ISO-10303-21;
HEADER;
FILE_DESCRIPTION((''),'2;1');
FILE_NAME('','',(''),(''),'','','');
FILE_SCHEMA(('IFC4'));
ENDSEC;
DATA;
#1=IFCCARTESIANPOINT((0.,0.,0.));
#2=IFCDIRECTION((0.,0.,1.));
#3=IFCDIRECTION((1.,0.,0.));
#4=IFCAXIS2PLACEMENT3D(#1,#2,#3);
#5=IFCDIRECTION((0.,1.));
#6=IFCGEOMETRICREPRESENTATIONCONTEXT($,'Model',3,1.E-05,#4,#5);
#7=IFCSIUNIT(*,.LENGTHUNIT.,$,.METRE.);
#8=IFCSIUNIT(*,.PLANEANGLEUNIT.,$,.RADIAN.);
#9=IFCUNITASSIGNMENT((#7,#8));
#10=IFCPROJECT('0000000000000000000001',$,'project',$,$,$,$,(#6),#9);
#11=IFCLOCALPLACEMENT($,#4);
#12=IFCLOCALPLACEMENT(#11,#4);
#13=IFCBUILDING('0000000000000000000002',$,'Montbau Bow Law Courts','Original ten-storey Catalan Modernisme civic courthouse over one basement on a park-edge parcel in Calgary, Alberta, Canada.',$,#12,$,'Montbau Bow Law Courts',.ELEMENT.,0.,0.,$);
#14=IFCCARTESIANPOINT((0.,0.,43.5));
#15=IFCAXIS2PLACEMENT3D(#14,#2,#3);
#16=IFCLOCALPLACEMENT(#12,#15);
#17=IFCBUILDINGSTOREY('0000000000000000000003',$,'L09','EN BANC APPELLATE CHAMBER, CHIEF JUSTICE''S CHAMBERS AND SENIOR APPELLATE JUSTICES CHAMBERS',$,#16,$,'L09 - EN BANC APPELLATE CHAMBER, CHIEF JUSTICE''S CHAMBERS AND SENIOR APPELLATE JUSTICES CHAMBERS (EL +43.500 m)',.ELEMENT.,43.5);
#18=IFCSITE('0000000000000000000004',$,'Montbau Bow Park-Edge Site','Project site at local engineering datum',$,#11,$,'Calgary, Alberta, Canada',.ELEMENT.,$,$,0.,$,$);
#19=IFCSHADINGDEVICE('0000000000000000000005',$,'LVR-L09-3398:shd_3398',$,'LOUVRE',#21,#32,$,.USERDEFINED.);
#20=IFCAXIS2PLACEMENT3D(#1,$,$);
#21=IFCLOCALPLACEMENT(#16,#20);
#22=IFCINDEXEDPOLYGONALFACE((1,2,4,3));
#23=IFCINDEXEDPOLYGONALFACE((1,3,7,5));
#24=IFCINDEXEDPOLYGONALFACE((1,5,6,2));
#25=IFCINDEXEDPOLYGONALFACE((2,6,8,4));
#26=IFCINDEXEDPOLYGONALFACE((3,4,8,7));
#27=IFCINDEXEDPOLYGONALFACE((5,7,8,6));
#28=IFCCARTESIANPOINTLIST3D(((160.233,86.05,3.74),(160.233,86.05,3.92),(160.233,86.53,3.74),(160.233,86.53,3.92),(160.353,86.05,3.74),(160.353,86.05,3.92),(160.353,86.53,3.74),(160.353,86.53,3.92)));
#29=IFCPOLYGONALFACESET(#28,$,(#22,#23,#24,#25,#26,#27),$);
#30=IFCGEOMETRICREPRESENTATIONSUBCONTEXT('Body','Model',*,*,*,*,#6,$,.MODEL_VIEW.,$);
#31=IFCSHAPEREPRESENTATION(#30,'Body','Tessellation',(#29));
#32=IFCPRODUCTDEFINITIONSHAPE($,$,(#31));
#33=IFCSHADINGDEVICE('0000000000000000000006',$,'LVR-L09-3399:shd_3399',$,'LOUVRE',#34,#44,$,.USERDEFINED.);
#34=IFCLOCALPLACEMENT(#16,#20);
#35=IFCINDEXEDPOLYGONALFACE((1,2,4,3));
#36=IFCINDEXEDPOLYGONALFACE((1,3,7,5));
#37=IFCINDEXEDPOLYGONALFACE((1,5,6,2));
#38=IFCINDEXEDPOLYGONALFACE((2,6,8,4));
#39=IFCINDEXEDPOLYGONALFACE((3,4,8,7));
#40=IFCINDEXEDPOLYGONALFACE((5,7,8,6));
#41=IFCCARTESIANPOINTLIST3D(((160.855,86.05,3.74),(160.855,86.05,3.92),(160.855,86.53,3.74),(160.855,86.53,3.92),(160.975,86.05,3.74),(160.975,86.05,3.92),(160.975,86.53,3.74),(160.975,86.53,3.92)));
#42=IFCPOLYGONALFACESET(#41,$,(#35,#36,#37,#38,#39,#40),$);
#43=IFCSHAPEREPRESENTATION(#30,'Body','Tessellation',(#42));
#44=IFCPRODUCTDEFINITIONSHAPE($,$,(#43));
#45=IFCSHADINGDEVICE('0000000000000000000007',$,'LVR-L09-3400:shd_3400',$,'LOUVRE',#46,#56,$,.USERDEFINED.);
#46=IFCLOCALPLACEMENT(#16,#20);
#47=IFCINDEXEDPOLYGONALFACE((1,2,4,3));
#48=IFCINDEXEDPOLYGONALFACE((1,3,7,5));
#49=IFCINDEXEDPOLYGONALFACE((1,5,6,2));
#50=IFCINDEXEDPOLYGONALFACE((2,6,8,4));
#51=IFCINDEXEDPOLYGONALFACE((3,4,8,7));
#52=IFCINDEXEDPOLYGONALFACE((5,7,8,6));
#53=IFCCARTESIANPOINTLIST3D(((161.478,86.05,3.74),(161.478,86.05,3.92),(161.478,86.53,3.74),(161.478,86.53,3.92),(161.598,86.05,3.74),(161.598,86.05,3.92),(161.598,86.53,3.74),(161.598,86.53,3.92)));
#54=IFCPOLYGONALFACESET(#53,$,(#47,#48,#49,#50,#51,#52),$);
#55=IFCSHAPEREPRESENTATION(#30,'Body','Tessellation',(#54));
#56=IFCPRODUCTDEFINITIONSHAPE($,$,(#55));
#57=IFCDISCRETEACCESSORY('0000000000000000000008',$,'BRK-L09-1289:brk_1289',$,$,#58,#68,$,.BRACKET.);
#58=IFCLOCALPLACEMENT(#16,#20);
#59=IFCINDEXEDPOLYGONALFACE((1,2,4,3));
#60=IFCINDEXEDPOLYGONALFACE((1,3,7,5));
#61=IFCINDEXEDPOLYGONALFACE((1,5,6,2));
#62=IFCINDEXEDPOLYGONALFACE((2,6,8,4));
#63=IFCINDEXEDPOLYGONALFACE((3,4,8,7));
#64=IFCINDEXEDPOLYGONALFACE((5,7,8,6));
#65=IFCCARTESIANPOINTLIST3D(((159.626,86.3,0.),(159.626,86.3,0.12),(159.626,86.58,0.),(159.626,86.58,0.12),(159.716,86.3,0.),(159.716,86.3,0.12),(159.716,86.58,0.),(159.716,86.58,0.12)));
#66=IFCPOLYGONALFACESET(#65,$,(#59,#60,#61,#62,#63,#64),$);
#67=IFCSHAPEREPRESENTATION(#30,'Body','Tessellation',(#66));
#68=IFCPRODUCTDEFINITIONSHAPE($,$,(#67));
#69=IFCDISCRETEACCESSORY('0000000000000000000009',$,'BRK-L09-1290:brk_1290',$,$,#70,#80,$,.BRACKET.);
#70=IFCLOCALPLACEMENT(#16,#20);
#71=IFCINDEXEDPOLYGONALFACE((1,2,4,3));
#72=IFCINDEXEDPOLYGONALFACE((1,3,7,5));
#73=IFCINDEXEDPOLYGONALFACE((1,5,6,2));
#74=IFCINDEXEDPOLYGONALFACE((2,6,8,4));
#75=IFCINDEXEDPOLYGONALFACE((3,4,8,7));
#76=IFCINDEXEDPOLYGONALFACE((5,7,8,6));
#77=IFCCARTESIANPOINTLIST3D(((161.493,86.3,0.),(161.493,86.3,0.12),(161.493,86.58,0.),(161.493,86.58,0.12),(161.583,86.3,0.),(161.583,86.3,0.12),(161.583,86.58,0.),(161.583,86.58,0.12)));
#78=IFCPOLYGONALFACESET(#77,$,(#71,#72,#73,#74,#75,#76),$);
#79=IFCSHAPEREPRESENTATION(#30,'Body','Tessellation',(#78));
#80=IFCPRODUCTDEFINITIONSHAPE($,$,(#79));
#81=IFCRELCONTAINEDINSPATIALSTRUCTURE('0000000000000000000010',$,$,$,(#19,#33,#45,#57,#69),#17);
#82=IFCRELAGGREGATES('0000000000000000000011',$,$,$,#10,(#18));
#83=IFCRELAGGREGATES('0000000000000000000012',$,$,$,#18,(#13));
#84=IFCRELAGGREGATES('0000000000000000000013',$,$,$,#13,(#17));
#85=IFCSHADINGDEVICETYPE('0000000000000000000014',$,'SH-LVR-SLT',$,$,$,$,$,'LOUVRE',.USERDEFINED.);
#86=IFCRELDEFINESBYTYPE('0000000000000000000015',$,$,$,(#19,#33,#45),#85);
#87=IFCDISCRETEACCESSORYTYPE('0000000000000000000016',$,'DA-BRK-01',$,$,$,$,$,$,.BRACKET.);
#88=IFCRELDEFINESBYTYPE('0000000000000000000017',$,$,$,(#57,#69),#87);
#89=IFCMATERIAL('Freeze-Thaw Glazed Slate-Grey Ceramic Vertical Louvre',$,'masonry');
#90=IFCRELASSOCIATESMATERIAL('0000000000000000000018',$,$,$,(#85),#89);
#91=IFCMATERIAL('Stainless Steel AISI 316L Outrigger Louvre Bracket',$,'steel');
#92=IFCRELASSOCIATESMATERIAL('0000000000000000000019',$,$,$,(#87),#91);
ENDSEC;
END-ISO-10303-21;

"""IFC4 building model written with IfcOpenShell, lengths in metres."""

from ifc_helpers import new_model, si_unit, direction, frame, origin_with_axes, origin_2d_with_axis, place, context, subcontext, project, spatial, rectangle, extrude, material, type_object, element, save


model = new_model("IFC4")

# Units and contexts
model_context = context("Model", 3, precision=1e-05, world=origin_with_axes(), true_north=direction((0.0, 1.0)))
body_context = subcontext(model_context, "Body", "Model", "MODEL_VIEW")
ifc_project = project(units=[si_unit("LENGTHUNIT", "METRE"), si_unit("PLANEANGLEUNIT", "RADIAN")], contexts=[model_context])

# Site, building, storey
site_placement = place(None, origin_with_axes())
site = spatial("IfcSite", under=ifc_project, at=site_placement, Name="Montbau Bow Park-Edge Site", Description="Project site at local engineering datum", LongName="Calgary, Alberta, Canada", CompositionType="ELEMENT", RefElevation=0.0)
building_placement = place(site_placement, origin_with_axes())
building = spatial("IfcBuilding", under=site, at=building_placement, Name="Montbau Bow Law Courts", Description="Original ten-storey Catalan Modernisme civic courthouse over one basement on a park-edge parcel in Calgary, Alberta, Canada.", LongName="Montbau Bow Law Courts", CompositionType="ELEMENT", ElevationOfRefHeight=0.0, ElevationOfTerrain=0.0)
storey_placement = place(building_placement, frame((0.0, 0.0, 43.5), z_axis=(0.0, 0.0, 1.0), x_axis=(1.0, 0.0, 0.0)))
storey = spatial("IfcBuildingStorey", under=building, at=storey_placement, Name="L09", Description="EN BANC APPELLATE CHAMBER, CHIEF JUSTICE'S CHAMBERS AND SENIOR APPELLATE JUSTICES CHAMBERS", LongName="L09 - EN BANC APPELLATE CHAMBER, CHIEF JUSTICE'S CHAMBERS AND SENIOR APPELLATE JUSTICES CHAMBERS (EL +43.500 m)", CompositionType="ELEMENT", Elevation=43.5)

# Shared definitions
ifc_material_1 = material(Name="Freeze-Thaw Glazed Slate-Grey Ceramic Vertical Louvre", Category="masonry")

# Shading devices
shading_device_type = type_object("IfcShadingDeviceType", Name="SH-LVR-SLT", ElementType="LOUVRE", PredefinedType="USERDEFINED", material=ifc_material_1)
for number, where, z_axis, x_axis, name in (
    (1, (160.293, 86.29, 47.24), (0.0, 0.0, 1.0), (0.0, -1.0, 0.0), "LVR-L09-3398:shd_3398"),
    (2, (160.915, 86.29, 47.24), (0.0, 0.0, 1.0), (0.0, -1.0, 0.0), "LVR-L09-3399:shd_3399"),
    (3, (161.538, 86.29, 47.24), (0.0, 0.0, 1.0), (0.0, -1.0, 0.0), "LVR-L09-3400:shd_3400"),
):
    element("IfcShadingDevice", number, at=place(None, frame(where, z_axis=z_axis, x_axis=x_axis)), inside=storey, type_object=shading_device_type, Name=name, ObjectType="LOUVRE", PredefinedType="USERDEFINED", context=body_context, shape_type="SweptSolid", body=[
        extrude(rectangle(XDim=0.48, YDim=0.12, at=origin_2d_with_axis()), origin_with_axes(), (0.0, 0.0, 1.0), 0.18),
    ])

# Discrete accessories
ifc_material_2 = material(Name="Stainless Steel AISI 316L Outrigger Louvre Bracket", Category="steel")
discrete_accessory_type = type_object("IfcDiscreteAccessoryType", Name="DA-BRK-01", PredefinedType="BRACKET", material=ifc_material_2)
for number, where, z_axis, x_axis, name in (
    (4, (159.671, 86.44, 43.5), (0.0, 0.0, 1.0), (0.0, -1.0, 0.0), "BRK-L09-1289:brk_1289"),
    (5, (161.538, 86.44, 43.5), (0.0, 0.0, 1.0), (0.0, -1.0, 0.0), "BRK-L09-1290:brk_1290"),
):
    element("IfcDiscreteAccessory", number, at=place(None, frame(where, z_axis=z_axis, x_axis=x_axis)), inside=storey, type_object=discrete_accessory_type, Name=name, PredefinedType="BRACKET", context=body_context, shape_type="SweptSolid", body=[
        extrude(rectangle(XDim=0.28, YDim=0.09, at=origin_2d_with_axis()), origin_with_axes(), (0.0, 0.0, 1.0), 0.12),
    ])

save(model, "model.ifc")
